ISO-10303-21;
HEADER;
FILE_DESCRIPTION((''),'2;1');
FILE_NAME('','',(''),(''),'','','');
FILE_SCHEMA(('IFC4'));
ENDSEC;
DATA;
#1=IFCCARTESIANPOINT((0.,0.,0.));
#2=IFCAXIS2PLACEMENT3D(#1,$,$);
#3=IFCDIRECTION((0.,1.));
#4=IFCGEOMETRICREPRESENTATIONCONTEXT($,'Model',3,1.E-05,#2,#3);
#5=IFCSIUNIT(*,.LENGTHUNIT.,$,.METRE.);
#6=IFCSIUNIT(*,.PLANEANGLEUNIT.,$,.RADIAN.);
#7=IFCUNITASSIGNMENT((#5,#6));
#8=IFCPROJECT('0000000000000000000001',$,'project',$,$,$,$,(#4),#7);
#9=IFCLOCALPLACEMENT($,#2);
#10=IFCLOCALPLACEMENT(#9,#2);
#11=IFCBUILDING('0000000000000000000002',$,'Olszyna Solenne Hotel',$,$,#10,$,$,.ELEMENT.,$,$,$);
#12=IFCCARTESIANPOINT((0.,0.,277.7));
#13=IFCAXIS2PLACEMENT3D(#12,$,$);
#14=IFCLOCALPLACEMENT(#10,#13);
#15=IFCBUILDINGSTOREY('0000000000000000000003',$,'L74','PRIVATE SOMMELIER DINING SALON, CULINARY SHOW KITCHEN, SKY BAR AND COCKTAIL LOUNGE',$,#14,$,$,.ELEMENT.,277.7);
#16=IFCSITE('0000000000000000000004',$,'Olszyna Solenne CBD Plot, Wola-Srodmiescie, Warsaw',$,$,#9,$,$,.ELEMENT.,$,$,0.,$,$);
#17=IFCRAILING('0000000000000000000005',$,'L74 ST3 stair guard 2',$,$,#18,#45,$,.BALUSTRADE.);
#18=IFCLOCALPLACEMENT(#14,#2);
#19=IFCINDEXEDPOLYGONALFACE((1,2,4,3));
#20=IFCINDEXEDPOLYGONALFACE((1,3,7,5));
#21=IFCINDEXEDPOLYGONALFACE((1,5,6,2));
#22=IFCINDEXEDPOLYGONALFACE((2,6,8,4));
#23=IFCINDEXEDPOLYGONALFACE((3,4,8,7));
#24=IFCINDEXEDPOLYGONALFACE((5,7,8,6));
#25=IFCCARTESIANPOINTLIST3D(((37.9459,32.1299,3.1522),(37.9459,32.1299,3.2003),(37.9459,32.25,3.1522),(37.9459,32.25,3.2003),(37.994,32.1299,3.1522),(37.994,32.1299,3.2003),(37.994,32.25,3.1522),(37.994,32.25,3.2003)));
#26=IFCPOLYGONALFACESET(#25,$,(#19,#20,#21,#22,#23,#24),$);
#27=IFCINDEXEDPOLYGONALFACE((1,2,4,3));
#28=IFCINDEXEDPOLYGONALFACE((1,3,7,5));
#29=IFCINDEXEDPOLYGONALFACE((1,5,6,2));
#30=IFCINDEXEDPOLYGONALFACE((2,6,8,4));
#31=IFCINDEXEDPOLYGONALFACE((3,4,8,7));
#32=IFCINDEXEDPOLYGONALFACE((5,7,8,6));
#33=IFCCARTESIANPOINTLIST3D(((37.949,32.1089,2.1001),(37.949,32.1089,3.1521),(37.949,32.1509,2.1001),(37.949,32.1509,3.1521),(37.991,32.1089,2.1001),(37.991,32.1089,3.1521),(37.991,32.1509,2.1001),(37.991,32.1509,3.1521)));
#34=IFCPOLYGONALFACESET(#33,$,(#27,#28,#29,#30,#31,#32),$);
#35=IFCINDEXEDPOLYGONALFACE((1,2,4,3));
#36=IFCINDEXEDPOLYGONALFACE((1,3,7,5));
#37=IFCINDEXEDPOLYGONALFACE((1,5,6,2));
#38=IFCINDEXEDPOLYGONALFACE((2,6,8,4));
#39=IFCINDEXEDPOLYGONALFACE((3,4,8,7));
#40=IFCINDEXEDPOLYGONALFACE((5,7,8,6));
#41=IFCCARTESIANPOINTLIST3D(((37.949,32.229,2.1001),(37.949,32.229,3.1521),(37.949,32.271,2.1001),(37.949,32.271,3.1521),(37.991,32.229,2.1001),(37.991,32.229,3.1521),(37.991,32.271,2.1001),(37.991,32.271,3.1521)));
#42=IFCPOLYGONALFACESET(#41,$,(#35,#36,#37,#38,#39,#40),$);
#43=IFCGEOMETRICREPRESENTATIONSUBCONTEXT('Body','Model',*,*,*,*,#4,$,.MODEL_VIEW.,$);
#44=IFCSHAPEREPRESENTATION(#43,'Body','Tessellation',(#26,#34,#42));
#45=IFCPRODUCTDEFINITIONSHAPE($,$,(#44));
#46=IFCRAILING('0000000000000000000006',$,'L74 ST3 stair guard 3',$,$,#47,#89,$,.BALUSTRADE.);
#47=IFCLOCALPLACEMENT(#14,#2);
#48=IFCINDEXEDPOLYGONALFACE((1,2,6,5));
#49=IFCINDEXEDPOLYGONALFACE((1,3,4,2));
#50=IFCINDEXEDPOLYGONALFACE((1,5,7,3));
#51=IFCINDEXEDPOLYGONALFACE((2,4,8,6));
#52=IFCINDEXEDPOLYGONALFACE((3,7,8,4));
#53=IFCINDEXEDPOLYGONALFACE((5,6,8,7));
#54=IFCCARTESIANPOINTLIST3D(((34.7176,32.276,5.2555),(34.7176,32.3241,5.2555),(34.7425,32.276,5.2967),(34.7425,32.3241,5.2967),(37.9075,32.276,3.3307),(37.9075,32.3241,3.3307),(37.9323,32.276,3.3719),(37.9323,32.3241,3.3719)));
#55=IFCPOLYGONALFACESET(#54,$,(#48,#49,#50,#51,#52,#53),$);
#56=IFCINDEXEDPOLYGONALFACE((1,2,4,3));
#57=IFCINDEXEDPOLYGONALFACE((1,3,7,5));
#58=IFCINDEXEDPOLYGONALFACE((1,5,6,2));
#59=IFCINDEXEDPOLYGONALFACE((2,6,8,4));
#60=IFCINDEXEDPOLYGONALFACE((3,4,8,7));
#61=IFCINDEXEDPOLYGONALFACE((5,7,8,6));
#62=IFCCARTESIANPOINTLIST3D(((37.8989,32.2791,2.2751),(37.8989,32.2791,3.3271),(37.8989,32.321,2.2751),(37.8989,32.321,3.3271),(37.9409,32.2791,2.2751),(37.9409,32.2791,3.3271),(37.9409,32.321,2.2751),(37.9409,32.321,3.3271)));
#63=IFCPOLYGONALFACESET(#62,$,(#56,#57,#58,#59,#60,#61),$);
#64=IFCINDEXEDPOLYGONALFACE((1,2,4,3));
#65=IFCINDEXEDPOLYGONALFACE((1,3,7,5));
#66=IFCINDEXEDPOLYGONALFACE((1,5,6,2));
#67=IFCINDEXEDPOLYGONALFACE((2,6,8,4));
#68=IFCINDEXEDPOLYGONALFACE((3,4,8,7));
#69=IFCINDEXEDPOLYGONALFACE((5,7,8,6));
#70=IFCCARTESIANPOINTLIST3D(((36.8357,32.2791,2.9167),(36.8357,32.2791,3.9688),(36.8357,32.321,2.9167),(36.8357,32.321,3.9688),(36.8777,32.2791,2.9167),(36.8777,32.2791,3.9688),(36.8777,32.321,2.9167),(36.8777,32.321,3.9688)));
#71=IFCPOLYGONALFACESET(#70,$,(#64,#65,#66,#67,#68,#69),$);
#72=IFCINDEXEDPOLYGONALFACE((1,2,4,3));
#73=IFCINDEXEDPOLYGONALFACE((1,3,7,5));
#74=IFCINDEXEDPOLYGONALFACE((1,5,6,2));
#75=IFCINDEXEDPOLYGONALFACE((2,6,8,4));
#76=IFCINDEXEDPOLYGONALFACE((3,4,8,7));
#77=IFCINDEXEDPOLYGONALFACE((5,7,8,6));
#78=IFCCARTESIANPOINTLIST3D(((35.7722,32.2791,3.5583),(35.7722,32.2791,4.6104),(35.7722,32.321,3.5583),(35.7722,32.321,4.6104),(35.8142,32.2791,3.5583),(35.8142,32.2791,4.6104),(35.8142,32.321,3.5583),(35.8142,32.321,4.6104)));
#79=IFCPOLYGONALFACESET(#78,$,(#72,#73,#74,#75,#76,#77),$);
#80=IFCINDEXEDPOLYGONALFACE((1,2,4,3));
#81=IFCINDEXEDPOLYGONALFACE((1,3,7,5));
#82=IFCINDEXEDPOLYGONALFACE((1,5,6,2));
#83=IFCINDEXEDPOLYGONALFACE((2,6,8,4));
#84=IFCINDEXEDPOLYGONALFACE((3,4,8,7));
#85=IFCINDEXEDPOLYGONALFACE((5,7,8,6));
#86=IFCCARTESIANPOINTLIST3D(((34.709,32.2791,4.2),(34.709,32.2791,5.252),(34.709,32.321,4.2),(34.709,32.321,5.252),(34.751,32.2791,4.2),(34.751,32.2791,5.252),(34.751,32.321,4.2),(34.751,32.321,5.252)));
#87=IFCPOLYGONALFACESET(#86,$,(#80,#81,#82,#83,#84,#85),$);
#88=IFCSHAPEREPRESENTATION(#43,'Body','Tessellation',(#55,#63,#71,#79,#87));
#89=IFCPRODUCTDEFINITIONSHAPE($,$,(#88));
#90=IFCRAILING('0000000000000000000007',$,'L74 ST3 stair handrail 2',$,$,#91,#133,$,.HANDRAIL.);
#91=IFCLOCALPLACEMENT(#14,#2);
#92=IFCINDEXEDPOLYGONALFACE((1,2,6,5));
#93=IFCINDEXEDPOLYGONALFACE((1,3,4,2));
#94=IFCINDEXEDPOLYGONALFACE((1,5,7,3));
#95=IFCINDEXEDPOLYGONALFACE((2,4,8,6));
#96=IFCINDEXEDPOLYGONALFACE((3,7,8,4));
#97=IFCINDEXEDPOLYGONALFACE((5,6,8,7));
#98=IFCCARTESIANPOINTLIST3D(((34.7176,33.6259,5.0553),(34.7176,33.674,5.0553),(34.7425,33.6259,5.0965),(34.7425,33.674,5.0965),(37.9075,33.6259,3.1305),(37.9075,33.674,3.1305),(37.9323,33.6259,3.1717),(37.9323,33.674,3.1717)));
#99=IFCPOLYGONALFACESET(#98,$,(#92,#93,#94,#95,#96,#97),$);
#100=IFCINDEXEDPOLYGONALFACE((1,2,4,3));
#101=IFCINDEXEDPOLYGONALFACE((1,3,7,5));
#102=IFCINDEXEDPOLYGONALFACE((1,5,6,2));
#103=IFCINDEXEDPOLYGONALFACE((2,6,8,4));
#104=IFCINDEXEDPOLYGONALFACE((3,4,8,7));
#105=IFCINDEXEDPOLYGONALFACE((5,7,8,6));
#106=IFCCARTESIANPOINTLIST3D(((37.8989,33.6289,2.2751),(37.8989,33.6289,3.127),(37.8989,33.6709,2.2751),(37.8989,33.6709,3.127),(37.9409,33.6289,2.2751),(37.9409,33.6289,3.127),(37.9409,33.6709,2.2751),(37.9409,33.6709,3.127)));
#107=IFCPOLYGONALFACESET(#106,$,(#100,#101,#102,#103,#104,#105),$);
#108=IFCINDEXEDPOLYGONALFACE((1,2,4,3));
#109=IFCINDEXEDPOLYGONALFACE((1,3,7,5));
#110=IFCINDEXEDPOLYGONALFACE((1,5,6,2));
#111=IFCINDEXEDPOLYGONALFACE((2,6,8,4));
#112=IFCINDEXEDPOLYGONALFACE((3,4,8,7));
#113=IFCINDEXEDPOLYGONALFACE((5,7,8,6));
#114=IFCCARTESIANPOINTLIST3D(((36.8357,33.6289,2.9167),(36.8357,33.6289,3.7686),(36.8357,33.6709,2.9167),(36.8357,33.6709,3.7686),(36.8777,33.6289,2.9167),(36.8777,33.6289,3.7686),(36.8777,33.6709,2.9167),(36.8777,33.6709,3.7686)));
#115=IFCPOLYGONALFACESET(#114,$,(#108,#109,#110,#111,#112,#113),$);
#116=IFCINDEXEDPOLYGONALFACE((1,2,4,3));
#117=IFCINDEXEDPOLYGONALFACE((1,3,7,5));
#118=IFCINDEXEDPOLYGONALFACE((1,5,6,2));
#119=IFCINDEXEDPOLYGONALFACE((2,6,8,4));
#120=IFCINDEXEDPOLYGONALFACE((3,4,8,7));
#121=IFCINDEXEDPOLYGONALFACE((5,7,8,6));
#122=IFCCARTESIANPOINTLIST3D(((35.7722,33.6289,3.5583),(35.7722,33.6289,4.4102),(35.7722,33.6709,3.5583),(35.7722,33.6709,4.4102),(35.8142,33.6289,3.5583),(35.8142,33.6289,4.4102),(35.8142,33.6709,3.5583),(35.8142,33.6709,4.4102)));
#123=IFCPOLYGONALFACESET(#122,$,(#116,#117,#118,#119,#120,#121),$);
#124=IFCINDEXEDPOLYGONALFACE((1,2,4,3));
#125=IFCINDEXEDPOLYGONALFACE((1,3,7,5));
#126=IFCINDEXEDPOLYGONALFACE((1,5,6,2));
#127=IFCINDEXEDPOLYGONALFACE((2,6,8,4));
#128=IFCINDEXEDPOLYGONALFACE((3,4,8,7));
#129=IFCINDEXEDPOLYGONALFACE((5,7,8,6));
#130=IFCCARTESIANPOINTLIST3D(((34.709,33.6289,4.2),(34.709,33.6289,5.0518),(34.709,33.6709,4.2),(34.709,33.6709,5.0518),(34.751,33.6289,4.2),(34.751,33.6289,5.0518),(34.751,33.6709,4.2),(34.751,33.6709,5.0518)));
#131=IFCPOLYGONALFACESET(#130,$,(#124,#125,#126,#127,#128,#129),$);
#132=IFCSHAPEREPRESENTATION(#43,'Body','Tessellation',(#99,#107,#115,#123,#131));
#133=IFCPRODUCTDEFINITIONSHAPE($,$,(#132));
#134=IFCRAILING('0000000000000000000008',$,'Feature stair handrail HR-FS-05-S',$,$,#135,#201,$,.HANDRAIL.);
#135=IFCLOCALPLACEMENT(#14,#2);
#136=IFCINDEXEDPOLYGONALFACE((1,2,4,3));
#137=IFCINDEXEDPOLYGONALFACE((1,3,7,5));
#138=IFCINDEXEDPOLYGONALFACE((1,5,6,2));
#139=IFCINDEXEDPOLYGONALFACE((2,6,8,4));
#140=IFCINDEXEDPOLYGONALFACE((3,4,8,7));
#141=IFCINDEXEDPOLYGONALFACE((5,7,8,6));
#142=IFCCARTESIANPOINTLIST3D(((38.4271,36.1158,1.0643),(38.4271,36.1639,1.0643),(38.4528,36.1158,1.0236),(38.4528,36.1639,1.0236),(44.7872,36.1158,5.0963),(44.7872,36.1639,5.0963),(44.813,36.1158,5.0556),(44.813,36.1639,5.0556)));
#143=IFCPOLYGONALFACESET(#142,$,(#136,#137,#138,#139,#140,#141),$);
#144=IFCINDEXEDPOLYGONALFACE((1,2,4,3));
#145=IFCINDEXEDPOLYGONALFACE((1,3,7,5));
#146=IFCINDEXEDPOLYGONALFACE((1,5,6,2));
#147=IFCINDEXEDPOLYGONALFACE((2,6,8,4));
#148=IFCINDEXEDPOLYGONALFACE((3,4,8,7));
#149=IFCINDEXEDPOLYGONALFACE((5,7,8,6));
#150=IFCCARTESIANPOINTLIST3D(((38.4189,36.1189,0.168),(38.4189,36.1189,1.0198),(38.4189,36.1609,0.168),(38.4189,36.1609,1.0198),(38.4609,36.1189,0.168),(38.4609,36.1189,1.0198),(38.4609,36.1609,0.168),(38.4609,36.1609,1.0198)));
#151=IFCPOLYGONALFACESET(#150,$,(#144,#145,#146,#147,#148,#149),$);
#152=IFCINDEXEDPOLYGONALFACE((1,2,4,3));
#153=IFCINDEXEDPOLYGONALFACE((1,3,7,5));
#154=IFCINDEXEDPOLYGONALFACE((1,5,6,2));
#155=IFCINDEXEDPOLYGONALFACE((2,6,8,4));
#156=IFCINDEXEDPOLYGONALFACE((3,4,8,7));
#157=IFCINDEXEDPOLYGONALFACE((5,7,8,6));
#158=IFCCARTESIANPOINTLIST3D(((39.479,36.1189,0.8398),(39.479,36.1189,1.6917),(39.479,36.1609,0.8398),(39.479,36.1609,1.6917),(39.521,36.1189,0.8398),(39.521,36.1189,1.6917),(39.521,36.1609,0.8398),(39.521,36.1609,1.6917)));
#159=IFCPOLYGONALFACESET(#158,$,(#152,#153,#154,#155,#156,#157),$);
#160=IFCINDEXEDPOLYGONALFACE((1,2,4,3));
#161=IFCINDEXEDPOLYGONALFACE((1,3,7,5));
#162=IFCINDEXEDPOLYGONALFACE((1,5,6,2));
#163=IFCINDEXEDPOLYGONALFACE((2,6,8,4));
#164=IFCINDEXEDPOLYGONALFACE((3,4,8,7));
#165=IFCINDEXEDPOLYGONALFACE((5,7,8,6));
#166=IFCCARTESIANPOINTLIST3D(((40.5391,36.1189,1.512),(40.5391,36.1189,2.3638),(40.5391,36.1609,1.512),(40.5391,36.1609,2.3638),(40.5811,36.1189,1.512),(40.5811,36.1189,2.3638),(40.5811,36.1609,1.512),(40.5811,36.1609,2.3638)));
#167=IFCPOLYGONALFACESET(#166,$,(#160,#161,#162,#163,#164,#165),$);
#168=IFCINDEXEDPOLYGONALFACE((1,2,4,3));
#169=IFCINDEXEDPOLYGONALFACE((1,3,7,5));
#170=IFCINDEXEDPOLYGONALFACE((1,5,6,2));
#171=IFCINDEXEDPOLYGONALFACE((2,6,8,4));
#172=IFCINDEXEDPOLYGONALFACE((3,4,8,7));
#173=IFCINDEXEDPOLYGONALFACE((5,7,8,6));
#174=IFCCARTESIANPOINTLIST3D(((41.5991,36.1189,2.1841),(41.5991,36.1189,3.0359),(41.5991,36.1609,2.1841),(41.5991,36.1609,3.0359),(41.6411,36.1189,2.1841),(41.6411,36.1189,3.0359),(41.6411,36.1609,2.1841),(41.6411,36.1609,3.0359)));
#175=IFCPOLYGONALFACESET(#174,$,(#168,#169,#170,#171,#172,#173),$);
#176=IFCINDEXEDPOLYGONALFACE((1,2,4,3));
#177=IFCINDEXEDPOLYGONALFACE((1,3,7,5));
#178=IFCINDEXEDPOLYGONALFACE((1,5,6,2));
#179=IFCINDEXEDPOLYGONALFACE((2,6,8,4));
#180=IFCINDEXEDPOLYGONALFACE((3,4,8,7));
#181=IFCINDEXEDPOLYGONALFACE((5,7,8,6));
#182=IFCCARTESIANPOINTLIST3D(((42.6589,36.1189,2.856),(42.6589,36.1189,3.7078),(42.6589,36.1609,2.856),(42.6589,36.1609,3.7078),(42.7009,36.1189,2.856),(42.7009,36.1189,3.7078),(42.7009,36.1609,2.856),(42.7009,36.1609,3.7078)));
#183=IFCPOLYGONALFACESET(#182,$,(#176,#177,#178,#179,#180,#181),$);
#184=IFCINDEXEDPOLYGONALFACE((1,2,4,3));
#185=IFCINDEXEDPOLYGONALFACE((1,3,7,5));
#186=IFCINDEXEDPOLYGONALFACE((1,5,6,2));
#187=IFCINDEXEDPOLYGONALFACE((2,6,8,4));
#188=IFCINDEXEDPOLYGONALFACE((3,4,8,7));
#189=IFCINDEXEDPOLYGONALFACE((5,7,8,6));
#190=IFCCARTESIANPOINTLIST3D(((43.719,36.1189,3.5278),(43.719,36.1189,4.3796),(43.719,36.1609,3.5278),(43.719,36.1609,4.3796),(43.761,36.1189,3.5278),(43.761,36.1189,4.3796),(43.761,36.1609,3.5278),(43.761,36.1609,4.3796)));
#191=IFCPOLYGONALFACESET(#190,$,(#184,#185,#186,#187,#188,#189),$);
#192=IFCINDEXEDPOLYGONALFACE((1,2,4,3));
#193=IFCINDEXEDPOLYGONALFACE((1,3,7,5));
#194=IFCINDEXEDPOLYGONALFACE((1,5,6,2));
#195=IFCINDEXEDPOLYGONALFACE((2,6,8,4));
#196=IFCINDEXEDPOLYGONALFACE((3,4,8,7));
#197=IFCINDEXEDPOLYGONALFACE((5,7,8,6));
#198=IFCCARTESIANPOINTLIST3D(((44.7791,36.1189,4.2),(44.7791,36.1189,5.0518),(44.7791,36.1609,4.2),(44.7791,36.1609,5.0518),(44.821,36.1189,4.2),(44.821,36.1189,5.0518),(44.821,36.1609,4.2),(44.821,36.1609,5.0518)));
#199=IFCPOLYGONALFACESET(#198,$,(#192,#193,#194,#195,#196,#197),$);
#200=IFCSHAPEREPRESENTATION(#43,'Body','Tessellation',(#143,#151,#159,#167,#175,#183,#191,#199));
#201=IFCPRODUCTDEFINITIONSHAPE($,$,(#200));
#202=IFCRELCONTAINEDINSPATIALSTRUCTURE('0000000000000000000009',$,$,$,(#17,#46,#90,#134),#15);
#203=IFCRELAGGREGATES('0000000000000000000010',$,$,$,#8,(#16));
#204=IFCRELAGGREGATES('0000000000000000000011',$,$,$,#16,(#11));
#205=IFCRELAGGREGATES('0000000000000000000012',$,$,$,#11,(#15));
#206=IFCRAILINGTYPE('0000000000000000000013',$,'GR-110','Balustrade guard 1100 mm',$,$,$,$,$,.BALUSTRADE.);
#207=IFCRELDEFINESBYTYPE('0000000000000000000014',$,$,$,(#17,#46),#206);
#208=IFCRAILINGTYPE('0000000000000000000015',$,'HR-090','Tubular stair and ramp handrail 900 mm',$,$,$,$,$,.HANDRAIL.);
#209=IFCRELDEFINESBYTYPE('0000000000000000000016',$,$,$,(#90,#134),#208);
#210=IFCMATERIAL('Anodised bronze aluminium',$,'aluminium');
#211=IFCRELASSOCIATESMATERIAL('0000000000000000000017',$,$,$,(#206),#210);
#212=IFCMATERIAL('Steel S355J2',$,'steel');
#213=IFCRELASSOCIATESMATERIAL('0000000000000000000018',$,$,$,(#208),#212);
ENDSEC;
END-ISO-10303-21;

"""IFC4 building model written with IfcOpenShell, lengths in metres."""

from ifc_helpers import new_model, si_unit, direction, frame, origin, origin_2d, place, context, subcontext, project, spatial, rectangle, extrude, material, type_object, element, save


model = new_model("IFC4")

# Units and contexts
model_context = context("Model", 3, precision=1e-05, world=origin(), true_north=direction((0.0, 1.0)))
body_context = subcontext(model_context, "Body", "Model", "MODEL_VIEW")
ifc_project = project(units=[si_unit("LENGTHUNIT", "METRE"), si_unit("PLANEANGLEUNIT", "RADIAN")], contexts=[model_context])

# Site, building, storey
site_placement = place(None, origin())
site = spatial("IfcSite", under=ifc_project, at=site_placement, Name="Olszyna Solenne CBD Plot, Wola-Srodmiescie, Warsaw", CompositionType="ELEMENT", RefElevation=0.0)
building_placement = place(site_placement, origin())
building = spatial("IfcBuilding", under=site, at=building_placement, Name="Olszyna Solenne Hotel", CompositionType="ELEMENT")
storey_placement = place(building_placement, frame((0.0, 0.0, 277.7)))
storey = spatial("IfcBuildingStorey", under=building, at=storey_placement, Name="L74", Description="PRIVATE SOMMELIER DINING SALON, CULINARY SHOW KITCHEN, SKY BAR AND COCKTAIL LOUNGE", CompositionType="ELEMENT", Elevation=277.7)

# Shared definitions
ifc_material_1 = material(Name="Steel S355J2", Category="steel")

# Shared definitions
ifc_material_2 = material(Name="Anodised bronze aluminium", Category="aluminium")

# Railings
railing_type_1 = type_object("IfcRailingType", Name="GR-110", Description="Balustrade guard 1100 mm", PredefinedType="BALUSTRADE", material=ifc_material_2)
railing_1_placement = place(storey_placement, frame((37.97, 32.1299, 2.1001)))
element("IfcRailing", 1, at=railing_1_placement, inside=storey, type_object=railing_type_1, Name="L74 ST3 stair guard 2", PredefinedType="BALUSTRADE", context=body_context, shape_type="SweptSolid", body=[
    extrude(rectangle(XDim=0.0481, YDim=0.0481, at=origin_2d()), frame((0.0, 0.0, 1.0762), z_axis=(0.0, 1.0, 0.0), x_axis=(-1.0, 0.0, 0.0)), (0.0, 0.0, 1.0), 0.1201),
    extrude(rectangle(XDim=0.042, YDim=0.042, at=origin_2d()), origin(), (0.0, 0.0, 1.0), 1.052),
    extrude(rectangle(XDim=0.042, YDim=0.042, at=origin_2d()), frame((0.0, 0.1201, 0.0)), (0.0, 0.0, 1.0), 1.052),
])
railing_2_placement = place(storey_placement, frame((37.9199, 32.3, 2.2751)))
element("IfcRailing", 2, at=railing_2_placement, inside=storey, type_object=railing_type_1, Name="L74 ST3 stair guard 3", PredefinedType="BALUSTRADE", context=body_context, shape_type="SweptSolid", body=[
    extrude(rectangle(XDim=0.0481, YDim=0.0481, at=origin_2d()), frame((0.0, 0.0, 1.0762), z_axis=(-0.856207, 0.0, 0.516633), x_axis=(0.0, -1.0, 0.0)), (0.0, 0.0, 1.0), 3.7256),
    extrude(rectangle(XDim=0.042, YDim=0.042, at=origin_2d()), origin(), (0.0, 0.0, 1.0), 1.052),
    extrude(rectangle(XDim=0.042, YDim=0.042, at=origin_2d()), frame((-1.0632, 0.0, 0.6416)), (0.0, 0.0, 1.0), 1.052),
    extrude(rectangle(XDim=0.042, YDim=0.042, at=origin_2d()), frame((-2.1267, 0.0, 1.2832)), (0.0, 0.0, 1.0), 1.052),
    extrude(rectangle(XDim=0.042, YDim=0.042, at=origin_2d()), frame((-3.1899, 0.0, 1.9248)), (0.0, 0.0, 1.0), 1.052),
])
railing_type_2 = type_object("IfcRailingType", Name="HR-090", Description="Tubular stair and ramp handrail 900 mm", PredefinedType="HANDRAIL", material=ifc_material_1)
railing_3_placement = place(storey_placement, frame((37.9199, 33.6499, 2.2751)))
element("IfcRailing", 3, at=railing_3_placement, inside=storey, type_object=railing_type_2, Name="L74 ST3 stair handrail 2", PredefinedType="HANDRAIL", context=body_context, shape_type="SweptSolid", body=[
    extrude(rectangle(XDim=0.0481, YDim=0.0481, at=origin_2d()), frame((0.0, 0.0, 0.876), z_axis=(-0.856207, 0.0, 0.516633), x_axis=(0.0, -1.0, 0.0)), (0.0, 0.0, 1.0), 3.7256),
    extrude(rectangle(XDim=0.042, YDim=0.042, at=origin_2d()), origin(), (0.0, 0.0, 1.0), 0.8518),
    extrude(rectangle(XDim=0.042, YDim=0.042, at=origin_2d()), frame((-1.0632, 0.0, 0.6416)), (0.0, 0.0, 1.0), 0.8518),
    extrude(rectangle(XDim=0.042, YDim=0.042, at=origin_2d()), frame((-2.1267, 0.0, 1.2832)), (0.0, 0.0, 1.0), 0.8518),
    extrude(rectangle(XDim=0.042, YDim=0.042, at=origin_2d()), frame((-3.1899, 0.0, 1.9248)), (0.0, 0.0, 1.0), 0.8518),
])
railing_4_placement = place(storey_placement, frame((38.4399, 36.1399, 0.168)))
element("IfcRailing", 4, at=railing_4_placement, inside=storey, type_object=railing_type_2, Name="Feature stair handrail HR-FS-05-S", PredefinedType="HANDRAIL", context=body_context, shape_type="SweptSolid", body=[
    extrude(rectangle(XDim=0.0481, YDim=0.0481, at=origin_2d()), frame((0.0, 0.0, 0.876), z_axis=(0.844584, 0.0, 0.535423), x_axis=(0.0, 1.0, 0.0)), (0.0, 0.0, 1.0), 7.5305),
    extrude(rectangle(XDim=0.042, YDim=0.042, at=origin_2d()), origin(), (0.0, 0.0, 1.0), 0.8518),
    extrude(rectangle(XDim=0.042, YDim=0.042, at=origin_2d()), frame((1.0601, 0.0, 0.6719)), (0.0, 0.0, 1.0), 0.8518),
    extrude(rectangle(XDim=0.042, YDim=0.042, at=origin_2d()), frame((2.1201, 0.0, 1.344)), (0.0, 0.0, 1.0), 0.8518),
    extrude(rectangle(XDim=0.042, YDim=0.042, at=origin_2d()), frame((3.1802, 0.0, 2.0161)), (0.0, 0.0, 1.0), 0.8518),
    extrude(rectangle(XDim=0.042, YDim=0.042, at=origin_2d()), frame((4.24, 0.0, 2.688)), (0.0, 0.0, 1.0), 0.8518),
    extrude(rectangle(XDim=0.042, YDim=0.042, at=origin_2d()), frame((5.3, 0.0, 3.3599)), (0.0, 0.0, 1.0), 0.8518),
    extrude(rectangle(XDim=0.042, YDim=0.042, at=origin_2d()), frame((6.3601, 0.0, 4.032)), (0.0, 0.0, 1.0), 0.8518),
])

save(model, "model.ifc")
